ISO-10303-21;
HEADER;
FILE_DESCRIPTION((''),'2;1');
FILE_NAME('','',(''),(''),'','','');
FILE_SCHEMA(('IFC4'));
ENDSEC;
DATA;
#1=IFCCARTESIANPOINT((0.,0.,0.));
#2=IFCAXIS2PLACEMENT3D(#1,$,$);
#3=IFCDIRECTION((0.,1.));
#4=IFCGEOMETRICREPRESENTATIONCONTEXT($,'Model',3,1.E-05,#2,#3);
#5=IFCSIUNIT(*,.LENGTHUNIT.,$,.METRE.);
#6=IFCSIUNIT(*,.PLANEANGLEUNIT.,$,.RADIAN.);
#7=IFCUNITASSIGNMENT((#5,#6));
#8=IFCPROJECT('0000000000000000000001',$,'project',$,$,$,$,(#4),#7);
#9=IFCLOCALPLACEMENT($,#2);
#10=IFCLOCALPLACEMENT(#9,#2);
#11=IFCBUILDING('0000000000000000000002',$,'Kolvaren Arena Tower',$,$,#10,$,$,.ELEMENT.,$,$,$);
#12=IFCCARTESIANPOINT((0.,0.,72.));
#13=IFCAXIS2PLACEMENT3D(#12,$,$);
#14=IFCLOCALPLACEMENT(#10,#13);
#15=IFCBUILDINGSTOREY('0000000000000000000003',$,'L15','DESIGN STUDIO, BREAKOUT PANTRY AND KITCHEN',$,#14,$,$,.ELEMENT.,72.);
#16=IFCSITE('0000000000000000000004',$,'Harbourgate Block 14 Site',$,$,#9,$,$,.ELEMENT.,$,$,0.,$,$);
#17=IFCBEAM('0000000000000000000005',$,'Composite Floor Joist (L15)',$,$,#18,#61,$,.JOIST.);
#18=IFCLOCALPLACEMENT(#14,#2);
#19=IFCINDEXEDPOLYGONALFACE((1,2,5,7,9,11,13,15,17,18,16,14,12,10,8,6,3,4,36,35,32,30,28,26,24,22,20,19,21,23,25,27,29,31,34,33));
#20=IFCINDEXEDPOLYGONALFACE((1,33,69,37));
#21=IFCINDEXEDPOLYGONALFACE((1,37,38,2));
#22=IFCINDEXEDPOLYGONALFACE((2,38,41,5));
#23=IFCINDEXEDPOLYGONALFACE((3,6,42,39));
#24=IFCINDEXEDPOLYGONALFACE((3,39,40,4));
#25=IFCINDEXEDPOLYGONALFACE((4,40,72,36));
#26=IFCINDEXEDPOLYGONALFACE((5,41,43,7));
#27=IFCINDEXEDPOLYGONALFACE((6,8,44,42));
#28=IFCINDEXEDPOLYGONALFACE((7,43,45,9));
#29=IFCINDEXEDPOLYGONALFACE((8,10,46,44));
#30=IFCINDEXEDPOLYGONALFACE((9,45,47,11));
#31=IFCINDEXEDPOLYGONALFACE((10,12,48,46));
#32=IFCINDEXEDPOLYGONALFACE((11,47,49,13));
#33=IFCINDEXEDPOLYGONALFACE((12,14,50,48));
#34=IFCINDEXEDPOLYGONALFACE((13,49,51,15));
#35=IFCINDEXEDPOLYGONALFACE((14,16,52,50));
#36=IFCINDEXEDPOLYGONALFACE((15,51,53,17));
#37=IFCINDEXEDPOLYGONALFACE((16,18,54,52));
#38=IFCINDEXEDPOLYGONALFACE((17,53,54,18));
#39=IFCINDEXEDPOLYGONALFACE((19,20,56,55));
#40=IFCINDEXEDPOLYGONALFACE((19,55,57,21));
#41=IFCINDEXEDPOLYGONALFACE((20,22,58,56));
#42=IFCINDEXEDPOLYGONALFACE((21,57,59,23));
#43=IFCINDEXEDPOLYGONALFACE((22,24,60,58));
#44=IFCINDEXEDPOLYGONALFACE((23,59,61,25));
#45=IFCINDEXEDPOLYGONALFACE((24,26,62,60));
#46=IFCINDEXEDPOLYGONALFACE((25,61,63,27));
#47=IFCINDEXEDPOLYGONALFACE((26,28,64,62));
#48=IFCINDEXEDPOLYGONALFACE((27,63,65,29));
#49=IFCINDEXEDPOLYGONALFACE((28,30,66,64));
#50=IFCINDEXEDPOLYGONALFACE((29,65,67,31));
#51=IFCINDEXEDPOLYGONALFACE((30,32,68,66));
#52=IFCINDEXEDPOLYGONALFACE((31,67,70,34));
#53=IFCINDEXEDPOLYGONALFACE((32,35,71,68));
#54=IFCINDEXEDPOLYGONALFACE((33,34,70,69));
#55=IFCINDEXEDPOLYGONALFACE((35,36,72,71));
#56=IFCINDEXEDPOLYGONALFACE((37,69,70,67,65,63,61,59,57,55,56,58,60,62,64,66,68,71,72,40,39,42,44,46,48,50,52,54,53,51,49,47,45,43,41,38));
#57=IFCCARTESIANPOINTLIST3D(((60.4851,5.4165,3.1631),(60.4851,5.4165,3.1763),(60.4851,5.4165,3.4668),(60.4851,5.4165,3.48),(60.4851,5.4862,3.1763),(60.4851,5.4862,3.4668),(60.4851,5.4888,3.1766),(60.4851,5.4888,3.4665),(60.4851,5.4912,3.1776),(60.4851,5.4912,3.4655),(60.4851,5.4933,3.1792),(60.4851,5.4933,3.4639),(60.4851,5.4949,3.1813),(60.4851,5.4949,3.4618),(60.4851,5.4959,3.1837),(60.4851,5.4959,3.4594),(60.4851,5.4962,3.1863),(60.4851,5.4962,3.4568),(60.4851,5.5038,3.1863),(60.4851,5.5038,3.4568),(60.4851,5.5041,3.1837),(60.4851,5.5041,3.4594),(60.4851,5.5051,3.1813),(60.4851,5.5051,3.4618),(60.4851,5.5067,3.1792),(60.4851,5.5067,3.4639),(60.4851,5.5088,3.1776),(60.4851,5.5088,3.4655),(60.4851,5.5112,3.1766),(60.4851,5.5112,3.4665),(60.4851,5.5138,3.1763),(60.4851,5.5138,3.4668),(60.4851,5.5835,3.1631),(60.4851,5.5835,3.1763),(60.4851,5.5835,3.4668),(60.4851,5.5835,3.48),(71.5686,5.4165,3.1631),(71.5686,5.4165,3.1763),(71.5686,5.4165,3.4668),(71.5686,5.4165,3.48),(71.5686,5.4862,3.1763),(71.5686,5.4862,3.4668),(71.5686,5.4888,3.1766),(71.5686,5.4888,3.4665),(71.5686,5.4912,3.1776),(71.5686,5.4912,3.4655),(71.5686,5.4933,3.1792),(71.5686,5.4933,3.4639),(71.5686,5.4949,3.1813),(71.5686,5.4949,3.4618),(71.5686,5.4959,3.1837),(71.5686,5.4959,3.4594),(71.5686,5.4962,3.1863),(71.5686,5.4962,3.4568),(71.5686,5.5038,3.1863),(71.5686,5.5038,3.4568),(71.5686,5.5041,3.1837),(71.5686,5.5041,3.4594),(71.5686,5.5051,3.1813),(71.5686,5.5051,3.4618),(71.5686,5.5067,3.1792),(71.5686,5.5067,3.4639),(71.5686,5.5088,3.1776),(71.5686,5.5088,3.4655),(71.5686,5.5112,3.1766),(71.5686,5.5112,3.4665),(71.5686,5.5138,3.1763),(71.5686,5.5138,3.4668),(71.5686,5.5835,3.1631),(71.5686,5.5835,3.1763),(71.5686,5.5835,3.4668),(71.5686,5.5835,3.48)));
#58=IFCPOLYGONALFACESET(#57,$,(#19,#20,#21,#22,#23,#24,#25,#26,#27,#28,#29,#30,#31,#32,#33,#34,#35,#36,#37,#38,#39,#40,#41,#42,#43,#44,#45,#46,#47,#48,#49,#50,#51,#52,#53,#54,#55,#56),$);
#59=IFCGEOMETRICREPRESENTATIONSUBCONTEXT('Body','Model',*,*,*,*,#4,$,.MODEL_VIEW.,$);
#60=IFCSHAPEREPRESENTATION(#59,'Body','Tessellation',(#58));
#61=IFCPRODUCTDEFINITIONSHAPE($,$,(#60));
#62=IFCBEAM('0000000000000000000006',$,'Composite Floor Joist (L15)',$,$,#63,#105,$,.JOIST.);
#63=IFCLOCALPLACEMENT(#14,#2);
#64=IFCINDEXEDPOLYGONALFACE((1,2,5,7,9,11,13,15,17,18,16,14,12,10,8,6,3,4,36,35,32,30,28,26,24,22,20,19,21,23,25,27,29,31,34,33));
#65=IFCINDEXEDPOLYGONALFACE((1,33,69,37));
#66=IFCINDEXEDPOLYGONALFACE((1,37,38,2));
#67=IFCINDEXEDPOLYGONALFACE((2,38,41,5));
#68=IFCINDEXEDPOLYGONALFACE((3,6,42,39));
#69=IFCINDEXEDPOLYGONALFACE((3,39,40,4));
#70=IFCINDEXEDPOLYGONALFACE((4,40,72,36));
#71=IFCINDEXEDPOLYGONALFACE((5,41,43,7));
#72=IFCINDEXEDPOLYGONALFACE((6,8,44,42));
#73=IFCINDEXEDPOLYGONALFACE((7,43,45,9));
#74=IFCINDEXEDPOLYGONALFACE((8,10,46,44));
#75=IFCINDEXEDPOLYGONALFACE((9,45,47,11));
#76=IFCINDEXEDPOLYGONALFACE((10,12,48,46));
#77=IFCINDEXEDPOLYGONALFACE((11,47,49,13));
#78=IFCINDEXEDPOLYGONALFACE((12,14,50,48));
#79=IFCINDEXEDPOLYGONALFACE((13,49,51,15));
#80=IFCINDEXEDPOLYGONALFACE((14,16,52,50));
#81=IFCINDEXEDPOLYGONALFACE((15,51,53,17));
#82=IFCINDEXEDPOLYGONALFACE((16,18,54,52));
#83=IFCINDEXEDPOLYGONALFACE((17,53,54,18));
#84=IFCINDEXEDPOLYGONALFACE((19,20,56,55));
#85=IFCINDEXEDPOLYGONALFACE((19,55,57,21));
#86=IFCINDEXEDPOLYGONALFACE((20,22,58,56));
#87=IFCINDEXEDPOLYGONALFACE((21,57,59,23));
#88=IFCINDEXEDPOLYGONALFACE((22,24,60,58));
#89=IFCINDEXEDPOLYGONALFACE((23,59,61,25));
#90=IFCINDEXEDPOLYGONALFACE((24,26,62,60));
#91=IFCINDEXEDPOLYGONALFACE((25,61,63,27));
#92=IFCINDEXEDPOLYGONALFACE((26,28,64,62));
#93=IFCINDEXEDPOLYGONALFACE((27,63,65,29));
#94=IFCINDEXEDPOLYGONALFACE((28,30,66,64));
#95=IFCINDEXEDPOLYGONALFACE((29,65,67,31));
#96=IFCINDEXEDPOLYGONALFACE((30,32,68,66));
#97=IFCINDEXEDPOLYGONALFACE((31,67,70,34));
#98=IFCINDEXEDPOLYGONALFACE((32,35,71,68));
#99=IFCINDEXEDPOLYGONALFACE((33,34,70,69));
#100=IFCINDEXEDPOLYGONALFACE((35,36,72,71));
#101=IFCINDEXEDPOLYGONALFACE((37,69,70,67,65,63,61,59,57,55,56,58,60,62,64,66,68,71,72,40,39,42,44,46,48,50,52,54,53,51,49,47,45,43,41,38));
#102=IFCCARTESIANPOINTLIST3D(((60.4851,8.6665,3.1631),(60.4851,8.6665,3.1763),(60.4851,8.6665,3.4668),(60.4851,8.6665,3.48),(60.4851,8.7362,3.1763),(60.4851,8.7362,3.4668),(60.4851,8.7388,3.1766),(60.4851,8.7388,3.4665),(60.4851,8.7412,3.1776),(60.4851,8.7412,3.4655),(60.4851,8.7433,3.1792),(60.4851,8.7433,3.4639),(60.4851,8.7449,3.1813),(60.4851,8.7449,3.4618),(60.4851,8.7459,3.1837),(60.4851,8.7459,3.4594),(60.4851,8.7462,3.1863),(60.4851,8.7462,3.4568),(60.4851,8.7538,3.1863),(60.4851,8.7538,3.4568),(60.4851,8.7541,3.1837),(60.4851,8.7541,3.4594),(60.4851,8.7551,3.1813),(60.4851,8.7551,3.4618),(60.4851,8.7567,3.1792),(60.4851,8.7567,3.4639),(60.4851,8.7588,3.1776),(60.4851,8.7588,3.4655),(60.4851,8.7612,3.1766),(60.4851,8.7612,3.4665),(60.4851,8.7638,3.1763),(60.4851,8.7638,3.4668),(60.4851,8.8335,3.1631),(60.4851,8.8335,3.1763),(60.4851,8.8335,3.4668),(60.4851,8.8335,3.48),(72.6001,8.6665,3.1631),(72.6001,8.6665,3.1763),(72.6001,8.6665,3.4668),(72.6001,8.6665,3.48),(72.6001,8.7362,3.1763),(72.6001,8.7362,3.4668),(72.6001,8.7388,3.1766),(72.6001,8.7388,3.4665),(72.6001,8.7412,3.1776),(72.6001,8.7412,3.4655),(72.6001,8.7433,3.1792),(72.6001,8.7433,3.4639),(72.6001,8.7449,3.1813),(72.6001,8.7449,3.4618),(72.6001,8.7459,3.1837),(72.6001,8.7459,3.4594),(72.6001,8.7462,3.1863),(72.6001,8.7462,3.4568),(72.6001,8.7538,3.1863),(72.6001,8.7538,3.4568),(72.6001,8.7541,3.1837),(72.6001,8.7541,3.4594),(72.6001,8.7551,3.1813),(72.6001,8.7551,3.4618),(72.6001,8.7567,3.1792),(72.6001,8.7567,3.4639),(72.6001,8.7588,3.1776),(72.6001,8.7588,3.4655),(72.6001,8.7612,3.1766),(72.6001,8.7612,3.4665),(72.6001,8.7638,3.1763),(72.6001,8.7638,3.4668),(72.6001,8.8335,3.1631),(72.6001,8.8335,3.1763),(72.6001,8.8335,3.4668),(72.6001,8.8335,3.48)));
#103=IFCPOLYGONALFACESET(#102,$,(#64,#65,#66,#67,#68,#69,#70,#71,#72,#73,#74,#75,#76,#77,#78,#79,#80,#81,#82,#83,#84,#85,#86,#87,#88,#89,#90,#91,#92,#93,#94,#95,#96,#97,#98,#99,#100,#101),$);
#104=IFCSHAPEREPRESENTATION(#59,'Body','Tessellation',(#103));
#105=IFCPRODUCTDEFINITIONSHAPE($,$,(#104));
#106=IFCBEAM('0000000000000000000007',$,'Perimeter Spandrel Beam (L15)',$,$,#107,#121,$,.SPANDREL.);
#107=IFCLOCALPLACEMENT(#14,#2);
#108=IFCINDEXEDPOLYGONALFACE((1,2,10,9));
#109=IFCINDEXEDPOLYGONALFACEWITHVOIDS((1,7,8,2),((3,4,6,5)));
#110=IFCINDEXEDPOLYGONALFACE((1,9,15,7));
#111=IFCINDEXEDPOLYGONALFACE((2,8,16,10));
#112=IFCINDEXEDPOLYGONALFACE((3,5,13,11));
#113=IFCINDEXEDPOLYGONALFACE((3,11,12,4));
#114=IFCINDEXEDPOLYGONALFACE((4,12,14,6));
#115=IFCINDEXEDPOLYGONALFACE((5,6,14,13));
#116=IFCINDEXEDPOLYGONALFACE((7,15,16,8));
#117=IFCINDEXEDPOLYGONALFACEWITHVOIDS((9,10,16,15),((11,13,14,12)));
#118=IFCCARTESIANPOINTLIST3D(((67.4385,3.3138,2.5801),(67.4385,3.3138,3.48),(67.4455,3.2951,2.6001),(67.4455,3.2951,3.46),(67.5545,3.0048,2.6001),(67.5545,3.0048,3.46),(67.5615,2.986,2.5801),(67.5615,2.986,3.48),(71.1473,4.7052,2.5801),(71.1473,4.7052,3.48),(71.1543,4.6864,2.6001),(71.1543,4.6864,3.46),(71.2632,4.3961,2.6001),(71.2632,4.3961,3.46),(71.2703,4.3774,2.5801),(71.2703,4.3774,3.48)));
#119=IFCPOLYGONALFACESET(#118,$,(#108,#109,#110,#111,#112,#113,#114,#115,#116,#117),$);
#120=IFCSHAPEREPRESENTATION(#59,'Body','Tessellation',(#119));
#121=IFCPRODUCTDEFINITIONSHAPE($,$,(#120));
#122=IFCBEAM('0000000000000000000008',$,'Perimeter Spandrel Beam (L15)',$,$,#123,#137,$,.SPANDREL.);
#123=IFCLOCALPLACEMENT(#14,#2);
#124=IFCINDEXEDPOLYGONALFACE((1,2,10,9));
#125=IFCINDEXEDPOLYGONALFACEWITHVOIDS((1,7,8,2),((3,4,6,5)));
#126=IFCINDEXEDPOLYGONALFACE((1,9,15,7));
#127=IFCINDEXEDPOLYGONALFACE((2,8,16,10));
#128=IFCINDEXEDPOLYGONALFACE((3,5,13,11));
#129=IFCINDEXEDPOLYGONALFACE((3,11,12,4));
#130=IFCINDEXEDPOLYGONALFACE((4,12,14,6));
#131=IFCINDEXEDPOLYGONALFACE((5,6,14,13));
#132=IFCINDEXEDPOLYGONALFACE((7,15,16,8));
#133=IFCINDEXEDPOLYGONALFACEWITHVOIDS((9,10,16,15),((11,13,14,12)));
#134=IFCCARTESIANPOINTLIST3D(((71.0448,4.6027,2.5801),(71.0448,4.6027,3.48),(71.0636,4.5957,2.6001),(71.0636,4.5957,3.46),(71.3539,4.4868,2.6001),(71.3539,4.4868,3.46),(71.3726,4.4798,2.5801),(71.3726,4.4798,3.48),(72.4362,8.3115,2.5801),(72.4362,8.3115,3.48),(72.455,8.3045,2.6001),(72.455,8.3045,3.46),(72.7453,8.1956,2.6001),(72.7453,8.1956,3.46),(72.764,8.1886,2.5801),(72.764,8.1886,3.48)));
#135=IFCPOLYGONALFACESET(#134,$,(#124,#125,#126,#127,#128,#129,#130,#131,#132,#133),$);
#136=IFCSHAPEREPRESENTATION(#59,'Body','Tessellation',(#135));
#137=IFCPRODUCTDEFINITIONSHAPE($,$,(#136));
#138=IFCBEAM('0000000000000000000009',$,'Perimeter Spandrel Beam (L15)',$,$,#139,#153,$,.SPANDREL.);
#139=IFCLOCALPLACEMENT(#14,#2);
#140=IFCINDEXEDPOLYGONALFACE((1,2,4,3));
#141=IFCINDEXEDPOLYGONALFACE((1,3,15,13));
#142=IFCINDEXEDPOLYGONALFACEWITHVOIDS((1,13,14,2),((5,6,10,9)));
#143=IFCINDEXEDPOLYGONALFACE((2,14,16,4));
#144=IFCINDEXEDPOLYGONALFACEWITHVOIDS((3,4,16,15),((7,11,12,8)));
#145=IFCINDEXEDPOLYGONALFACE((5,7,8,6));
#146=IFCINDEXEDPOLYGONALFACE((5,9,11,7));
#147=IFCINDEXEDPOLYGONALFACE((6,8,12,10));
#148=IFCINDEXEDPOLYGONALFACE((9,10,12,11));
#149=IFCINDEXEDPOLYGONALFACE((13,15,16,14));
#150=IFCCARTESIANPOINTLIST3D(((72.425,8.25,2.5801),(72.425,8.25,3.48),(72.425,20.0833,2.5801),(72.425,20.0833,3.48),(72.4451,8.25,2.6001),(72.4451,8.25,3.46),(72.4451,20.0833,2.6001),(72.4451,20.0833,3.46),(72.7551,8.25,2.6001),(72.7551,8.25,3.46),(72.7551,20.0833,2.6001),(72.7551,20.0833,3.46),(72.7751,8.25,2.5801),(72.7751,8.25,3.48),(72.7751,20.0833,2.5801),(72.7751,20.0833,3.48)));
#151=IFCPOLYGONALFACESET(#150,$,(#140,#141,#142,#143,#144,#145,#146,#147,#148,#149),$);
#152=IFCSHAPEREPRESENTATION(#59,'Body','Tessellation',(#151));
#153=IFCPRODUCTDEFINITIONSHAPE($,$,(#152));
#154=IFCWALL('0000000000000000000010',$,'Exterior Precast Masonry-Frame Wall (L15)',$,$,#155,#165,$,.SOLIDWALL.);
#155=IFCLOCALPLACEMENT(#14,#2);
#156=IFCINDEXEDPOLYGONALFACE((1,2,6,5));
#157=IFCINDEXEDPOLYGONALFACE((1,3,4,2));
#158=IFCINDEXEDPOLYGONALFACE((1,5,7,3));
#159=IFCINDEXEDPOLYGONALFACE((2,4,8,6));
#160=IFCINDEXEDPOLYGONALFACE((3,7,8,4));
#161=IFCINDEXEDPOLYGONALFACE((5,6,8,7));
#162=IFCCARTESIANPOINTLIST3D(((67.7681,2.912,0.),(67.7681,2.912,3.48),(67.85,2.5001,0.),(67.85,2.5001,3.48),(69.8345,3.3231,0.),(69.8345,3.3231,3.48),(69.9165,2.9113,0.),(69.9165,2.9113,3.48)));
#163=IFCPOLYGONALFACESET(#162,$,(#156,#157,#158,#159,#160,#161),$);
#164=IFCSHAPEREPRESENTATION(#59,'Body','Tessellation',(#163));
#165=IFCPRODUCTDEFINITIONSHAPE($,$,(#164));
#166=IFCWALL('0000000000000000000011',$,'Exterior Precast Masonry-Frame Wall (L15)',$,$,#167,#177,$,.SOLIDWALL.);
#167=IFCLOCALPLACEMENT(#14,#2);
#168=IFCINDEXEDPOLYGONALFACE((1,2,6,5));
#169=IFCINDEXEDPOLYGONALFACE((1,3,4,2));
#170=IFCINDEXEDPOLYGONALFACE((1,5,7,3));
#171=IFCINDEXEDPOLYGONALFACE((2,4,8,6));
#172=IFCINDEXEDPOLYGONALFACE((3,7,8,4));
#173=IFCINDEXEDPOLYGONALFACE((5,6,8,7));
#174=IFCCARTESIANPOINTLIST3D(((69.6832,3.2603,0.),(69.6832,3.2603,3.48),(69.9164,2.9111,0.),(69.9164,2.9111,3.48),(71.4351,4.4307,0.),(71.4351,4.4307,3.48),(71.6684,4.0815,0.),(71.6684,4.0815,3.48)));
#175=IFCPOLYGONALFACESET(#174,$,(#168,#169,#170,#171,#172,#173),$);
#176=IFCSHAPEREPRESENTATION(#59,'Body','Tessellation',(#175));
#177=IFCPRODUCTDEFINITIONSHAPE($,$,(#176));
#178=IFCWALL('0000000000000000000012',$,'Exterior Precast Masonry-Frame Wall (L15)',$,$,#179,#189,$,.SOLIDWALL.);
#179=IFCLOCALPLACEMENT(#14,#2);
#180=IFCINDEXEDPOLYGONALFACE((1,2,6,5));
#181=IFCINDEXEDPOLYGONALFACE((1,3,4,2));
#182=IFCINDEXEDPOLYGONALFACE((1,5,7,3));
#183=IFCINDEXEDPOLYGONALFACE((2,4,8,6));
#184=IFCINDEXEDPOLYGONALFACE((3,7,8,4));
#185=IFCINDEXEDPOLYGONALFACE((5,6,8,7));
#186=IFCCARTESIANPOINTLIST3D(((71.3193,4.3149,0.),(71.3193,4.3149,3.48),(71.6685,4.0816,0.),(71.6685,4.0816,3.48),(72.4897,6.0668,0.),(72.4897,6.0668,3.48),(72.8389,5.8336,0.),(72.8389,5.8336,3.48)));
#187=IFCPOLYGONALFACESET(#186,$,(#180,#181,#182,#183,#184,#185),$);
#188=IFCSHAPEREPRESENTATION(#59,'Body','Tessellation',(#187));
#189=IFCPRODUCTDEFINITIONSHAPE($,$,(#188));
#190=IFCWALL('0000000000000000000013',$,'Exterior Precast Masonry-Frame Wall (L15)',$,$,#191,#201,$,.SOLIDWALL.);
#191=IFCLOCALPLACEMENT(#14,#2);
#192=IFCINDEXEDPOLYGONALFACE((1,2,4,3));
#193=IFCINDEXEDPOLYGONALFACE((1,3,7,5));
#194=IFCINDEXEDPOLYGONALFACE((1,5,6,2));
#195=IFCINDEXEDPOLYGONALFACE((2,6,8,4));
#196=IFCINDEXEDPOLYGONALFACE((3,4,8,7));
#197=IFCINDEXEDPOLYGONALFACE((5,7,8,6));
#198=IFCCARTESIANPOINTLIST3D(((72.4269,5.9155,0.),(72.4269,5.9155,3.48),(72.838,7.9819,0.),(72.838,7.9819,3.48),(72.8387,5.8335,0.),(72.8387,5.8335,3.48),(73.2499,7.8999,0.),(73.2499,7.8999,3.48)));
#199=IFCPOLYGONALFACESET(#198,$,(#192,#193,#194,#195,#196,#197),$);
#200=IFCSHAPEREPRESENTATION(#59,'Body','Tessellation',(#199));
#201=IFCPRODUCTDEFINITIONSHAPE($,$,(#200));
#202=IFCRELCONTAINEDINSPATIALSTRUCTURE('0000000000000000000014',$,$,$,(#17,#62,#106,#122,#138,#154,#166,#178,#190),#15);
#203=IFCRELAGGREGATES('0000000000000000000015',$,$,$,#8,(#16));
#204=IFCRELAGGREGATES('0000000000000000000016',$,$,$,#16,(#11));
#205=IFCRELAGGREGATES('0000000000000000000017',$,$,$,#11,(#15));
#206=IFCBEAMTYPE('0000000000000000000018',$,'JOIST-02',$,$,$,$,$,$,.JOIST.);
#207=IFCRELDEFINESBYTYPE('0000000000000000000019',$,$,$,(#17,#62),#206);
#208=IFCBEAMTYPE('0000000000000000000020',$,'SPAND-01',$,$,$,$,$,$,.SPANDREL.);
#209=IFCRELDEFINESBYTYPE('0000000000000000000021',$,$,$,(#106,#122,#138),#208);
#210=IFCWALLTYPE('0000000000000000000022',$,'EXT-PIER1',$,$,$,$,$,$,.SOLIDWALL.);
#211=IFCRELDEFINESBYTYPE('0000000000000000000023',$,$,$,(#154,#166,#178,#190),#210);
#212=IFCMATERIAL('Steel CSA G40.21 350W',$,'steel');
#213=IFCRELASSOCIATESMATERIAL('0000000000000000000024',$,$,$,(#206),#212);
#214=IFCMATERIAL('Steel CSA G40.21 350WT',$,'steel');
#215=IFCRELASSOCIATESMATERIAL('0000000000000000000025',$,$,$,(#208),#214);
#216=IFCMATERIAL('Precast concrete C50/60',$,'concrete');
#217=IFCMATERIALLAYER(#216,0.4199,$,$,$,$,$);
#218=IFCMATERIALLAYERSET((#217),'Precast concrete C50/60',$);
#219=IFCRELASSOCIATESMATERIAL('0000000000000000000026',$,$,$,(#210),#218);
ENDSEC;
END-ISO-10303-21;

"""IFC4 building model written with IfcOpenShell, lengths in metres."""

from ifc_helpers import new_model, si_unit, direction, frame, frame_2d, origin, origin_2d, place, context, subcontext, project, spatial, rectangle, hollow_rectangle, i_section, extrude, material, layer, layer_set, material_profile, profile_set, type_object, element, save


model = new_model("IFC4")

# Units and contexts
model_context = context("Model", 3, precision=1e-05, world=origin(), true_north=direction((0.0, 1.0)))
body_context = subcontext(model_context, "Body", "Model", "MODEL_VIEW")
ifc_project = project(units=[si_unit("LENGTHUNIT", "METRE"), si_unit("PLANEANGLEUNIT", "RADIAN")], contexts=[model_context])

# Site, building, storey
site_placement = place(None, origin())
site = spatial("IfcSite", under=ifc_project, at=site_placement, Name="Harbourgate Block 14 Site", CompositionType="ELEMENT", RefElevation=0.0)
building_placement = place(site_placement, origin())
building = spatial("IfcBuilding", under=site, at=building_placement, Name="Kolvaren Arena Tower", CompositionType="ELEMENT")
storey_placement = place(building_placement, frame((0.0, 0.0, 72.0)))
storey = spatial("IfcBuildingStorey", under=building, at=storey_placement, Name="L15", Description="DESIGN STUDIO, BREAKOUT PANTRY AND KITCHEN", CompositionType="ELEMENT", Elevation=72.0)

# Beams
ifc_material_1 = material(Name="Steel CSA G40.21 350W", Category="steel")
ifc_material_profile_1 = material_profile(ifc_material_1, i_section(OverallWidth=0.167, OverallDepth=0.3169, WebThickness=0.0076, FlangeThickness=0.0132, FilletRadius=0.01, at=origin_2d()), Name="W310x52")
ifc_profile_set_1 = profile_set([ifc_material_profile_1], Name="Steel CSA G40.21 350W")
beam_type_1 = type_object("IfcBeamType", Name="JOIST-02", PredefinedType="JOIST", material=ifc_profile_set_1)
beam_1_placement = place(storey_placement, frame((60.4851, 5.5, 3.3215), z_axis=(1.0, 0.0, 0.0), x_axis=(0.0, 1.0, 0.0)))
element("IfcBeam", 1, at=beam_1_placement, inside=storey, type_object=beam_type_1, Name="Composite Floor Joist (L15)", PredefinedType="JOIST", context=body_context, shape_type="SweptSolid", body=[
    extrude(i_section(OverallWidth=0.167, OverallDepth=0.3169, WebThickness=0.0076, FlangeThickness=0.0132, FilletRadius=0.01, at=origin_2d()), origin(), (0.0, 0.0, 1.0), 11.0835),
])
beam_2_placement = place(storey_placement, frame((60.4851, 8.75, 3.3215), z_axis=(1.0, 0.0, 0.0), x_axis=(0.0, 1.0, 0.0)))
element("IfcBeam", 2, at=beam_2_placement, inside=storey, type_object=beam_type_1, Name="Composite Floor Joist (L15)", PredefinedType="JOIST", context=body_context, shape_type="SweptSolid", body=[
    extrude(i_section(OverallWidth=0.167, OverallDepth=0.3169, WebThickness=0.0076, FlangeThickness=0.0132, FilletRadius=0.01, at=origin_2d()), origin(), (0.0, 0.0, 1.0), 12.115),
])
ifc_material_2 = material(Name="Steel CSA G40.21 350WT", Category="steel")
ifc_material_profile_2 = material_profile(ifc_material_2, hollow_rectangle(XDim=0.3501, YDim=0.8999, WallThickness=0.02, at=origin_2d()), Name="HSS 900x350x20")
ifc_profile_set_2 = profile_set([ifc_material_profile_2], Name="Steel CSA G40.21 350WT")
beam_type_2 = type_object("IfcBeamType", Name="SPAND-01", PredefinedType="SPANDREL", material=ifc_profile_set_2)
for number, where, z_axis, x_axis, name in (
    (3, (67.5, 3.1499, 3.03), (0.936281, 0.351252, 0.0), (-0.351252, 0.936281, 0.0), "Perimeter Spandrel Beam (L15)"),
    (4, (71.2087, 4.5413, 3.03), (0.351252, 0.936281, 0.0), (-0.936281, 0.351252, 0.0), "Perimeter Spandrel Beam (L15)"),
):
    element("IfcBeam", number, at=place(storey_placement, frame(where, z_axis=z_axis, x_axis=x_axis)), inside=storey, type_object=beam_type_2, Name=name, PredefinedType="SPANDREL", context=body_context, shape_type="SweptSolid", body=[
        extrude(hollow_rectangle(XDim=0.3501, YDim=0.8999, WallThickness=0.02, at=origin_2d()), origin(), (0.0, 0.0, 1.0), 3.9612),
    ])
beam_3_placement = place(storey_placement, frame((72.6001, 8.25, 3.03), z_axis=(0.0, 1.0, 0.0), x_axis=(-1.0, 0.0, 0.0)))
element("IfcBeam", 5, at=beam_3_placement, inside=storey, type_object=beam_type_2, Name="Perimeter Spandrel Beam (L15)", PredefinedType="SPANDREL", context=body_context, shape_type="SweptSolid", body=[
    extrude(hollow_rectangle(XDim=0.3501, YDim=0.8999, WallThickness=0.02, at=origin_2d()), origin(), (0.0, 0.0, 1.0), 11.8333),
])

# Walls
ifc_material_3 = material(Name="Precast concrete C50/60", Category="concrete")
ifc_layer_1 = layer(ifc_material_3, 0.4199)
ifc_layer_set_1 = layer_set([ifc_layer_1], Name="Precast concrete C50/60")
wall_type_1 = type_object("IfcWallType", Name="EXT-PIER1", PredefinedType="SOLIDWALL", material=ifc_layer_set_1)
for number, where, z_axis, x_axis, name in (
    (6, (69.8755, 3.1172, 0.0), (0.0, 0.0, 1.0), (-0.980776, -0.195136, 0.0), "Exterior Precast Masonry-Frame Wall (L15)"),
    (7, (71.5518, 4.2561, 0.0), (0.0, 0.0, 1.0), (-0.831515, -0.555502, 0.0), "Exterior Precast Masonry-Frame Wall (L15)"),
    (8, (72.6643, 5.9502, 0.0), (0.0, 0.0, 1.0), (-0.555502, -0.831515, 0.0), "Exterior Precast Masonry-Frame Wall (L15)"),
    (9, (73.0439, 7.9409, 0.0), (0.0, 0.0, 1.0), (-0.195136, -0.980776, 0.0), "Exterior Precast Masonry-Frame Wall (L15)"),
):
    element("IfcWall", number, at=place(storey_placement, frame(where, z_axis=z_axis, x_axis=x_axis)), inside=storey, type_object=wall_type_1, Name=name, PredefinedType="SOLIDWALL", context=body_context, shape_type="SweptSolid", body=[
        extrude(rectangle(XDim=2.1069, YDim=0.4199, at=frame_2d((1.0535, 0.0))), origin(), (0.0, 0.0, 1.0), 3.48),
    ])

save(model, "model.ifc")
